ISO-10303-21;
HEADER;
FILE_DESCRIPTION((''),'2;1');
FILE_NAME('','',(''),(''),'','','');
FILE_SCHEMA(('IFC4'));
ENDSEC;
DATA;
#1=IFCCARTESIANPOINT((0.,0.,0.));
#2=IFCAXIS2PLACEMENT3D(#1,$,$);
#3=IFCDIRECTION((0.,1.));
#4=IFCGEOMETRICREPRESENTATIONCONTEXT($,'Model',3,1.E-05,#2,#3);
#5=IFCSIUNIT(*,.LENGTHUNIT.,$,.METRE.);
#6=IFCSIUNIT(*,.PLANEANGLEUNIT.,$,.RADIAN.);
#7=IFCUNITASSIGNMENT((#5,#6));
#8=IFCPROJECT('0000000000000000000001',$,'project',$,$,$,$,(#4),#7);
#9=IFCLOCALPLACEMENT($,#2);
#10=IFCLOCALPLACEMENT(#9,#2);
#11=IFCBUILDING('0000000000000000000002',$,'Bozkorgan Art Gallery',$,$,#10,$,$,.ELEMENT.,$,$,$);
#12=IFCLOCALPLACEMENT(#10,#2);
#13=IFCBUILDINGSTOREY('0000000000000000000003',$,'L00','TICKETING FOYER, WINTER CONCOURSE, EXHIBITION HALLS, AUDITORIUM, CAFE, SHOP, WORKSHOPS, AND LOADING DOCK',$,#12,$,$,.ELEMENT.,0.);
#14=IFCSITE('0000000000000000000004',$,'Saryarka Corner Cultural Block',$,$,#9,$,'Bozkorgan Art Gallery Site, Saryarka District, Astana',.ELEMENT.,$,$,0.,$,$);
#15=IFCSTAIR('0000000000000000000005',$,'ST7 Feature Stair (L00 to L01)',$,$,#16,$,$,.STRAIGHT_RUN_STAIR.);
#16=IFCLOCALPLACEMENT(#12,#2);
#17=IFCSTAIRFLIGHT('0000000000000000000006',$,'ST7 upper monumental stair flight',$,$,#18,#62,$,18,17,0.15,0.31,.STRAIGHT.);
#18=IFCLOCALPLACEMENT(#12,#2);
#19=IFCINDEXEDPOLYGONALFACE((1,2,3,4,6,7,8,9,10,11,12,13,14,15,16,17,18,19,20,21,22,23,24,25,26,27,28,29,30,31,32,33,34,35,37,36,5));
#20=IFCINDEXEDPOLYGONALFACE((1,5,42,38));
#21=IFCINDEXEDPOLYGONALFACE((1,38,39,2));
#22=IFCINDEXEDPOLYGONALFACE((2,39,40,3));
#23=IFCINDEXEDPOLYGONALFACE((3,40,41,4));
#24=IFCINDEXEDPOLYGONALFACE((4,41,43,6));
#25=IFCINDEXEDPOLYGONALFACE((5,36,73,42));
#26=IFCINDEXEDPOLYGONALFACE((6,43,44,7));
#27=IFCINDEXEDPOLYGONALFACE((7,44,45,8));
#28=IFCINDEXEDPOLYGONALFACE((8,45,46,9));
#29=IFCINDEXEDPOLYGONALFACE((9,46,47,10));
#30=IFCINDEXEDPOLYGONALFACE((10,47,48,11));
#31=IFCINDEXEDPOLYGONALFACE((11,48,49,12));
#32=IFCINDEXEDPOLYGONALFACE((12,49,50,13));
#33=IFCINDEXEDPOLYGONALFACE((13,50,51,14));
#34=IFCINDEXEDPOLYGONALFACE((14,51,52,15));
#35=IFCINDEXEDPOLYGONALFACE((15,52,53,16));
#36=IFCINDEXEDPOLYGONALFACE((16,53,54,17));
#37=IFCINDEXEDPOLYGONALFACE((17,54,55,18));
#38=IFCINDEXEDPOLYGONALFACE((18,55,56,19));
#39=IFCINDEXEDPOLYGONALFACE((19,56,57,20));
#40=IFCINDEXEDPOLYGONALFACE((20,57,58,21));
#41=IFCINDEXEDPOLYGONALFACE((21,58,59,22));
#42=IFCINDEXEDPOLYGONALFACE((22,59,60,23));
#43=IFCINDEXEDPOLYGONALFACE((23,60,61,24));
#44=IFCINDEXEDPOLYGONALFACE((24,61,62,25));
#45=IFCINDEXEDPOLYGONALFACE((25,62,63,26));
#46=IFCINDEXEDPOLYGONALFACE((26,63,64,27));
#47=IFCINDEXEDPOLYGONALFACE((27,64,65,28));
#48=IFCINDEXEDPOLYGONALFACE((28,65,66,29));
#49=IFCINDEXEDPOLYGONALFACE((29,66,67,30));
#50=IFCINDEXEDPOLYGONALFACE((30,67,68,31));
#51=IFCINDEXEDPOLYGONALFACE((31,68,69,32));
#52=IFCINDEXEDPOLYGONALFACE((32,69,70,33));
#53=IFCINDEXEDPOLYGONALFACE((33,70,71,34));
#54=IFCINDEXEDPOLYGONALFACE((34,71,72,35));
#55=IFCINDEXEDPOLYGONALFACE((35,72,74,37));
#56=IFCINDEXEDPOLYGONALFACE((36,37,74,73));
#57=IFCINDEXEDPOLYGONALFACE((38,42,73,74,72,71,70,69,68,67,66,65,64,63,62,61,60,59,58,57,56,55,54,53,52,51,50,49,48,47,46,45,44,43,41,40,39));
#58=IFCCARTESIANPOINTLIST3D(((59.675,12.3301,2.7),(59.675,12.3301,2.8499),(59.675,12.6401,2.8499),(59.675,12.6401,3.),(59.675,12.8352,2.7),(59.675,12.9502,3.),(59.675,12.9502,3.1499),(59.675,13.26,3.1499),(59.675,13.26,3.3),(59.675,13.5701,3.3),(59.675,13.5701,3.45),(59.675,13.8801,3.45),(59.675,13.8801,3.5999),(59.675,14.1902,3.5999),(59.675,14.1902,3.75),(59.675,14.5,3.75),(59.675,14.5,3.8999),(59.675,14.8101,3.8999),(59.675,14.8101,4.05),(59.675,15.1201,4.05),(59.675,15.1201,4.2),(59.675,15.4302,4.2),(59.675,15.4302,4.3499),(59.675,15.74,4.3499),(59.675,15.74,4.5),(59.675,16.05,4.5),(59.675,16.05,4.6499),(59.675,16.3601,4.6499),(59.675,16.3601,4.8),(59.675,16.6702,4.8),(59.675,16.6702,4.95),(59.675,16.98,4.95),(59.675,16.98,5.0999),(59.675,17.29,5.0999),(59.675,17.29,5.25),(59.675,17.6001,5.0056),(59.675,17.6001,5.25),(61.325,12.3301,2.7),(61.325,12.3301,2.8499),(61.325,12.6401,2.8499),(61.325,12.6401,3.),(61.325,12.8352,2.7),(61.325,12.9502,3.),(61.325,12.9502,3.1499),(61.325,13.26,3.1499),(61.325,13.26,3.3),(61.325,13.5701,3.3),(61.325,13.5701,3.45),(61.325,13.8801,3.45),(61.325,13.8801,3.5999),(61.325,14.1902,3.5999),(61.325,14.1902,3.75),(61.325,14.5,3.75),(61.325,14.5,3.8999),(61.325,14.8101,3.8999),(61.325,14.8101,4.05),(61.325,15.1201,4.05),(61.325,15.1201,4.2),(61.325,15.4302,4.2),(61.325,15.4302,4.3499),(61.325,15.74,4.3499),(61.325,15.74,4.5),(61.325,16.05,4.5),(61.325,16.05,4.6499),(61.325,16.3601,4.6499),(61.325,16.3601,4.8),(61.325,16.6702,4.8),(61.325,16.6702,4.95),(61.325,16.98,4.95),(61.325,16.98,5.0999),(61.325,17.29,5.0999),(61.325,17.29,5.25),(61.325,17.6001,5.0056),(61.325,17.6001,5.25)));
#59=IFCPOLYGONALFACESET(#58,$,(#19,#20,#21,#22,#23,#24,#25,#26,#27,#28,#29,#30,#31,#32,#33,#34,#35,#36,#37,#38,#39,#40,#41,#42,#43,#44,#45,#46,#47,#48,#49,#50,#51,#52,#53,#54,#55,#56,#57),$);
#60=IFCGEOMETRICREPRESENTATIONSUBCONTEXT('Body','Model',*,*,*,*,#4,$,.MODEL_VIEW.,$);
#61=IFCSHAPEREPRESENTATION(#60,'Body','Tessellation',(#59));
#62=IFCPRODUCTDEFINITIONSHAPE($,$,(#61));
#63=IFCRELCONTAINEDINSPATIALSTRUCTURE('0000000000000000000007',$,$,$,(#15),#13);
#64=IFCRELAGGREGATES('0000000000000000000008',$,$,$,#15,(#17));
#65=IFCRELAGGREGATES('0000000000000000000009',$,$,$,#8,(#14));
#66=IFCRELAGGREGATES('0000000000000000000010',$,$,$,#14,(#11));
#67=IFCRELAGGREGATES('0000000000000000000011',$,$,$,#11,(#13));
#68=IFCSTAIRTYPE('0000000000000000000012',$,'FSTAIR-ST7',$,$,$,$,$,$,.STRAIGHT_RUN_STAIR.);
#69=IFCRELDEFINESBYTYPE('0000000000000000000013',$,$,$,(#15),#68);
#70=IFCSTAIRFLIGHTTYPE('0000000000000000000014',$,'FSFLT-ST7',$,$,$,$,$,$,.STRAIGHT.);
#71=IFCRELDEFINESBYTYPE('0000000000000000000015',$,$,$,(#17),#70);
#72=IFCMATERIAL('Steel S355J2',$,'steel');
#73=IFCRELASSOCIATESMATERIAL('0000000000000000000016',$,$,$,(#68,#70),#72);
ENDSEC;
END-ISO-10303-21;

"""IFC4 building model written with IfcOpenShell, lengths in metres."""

from ifc_helpers import new_model, si_unit, direction, frame, origin, place, context, subcontext, project, spatial, polyline, outline, extrude, material, type_object, element, aggregate, save


model = new_model("IFC4")

# Units and contexts
model_context = context("Model", 3, precision=1e-05, world=origin(), true_north=direction((0.0, 1.0)))
body_context = subcontext(model_context, "Body", "Model", "MODEL_VIEW")
ifc_project = project(units=[si_unit("LENGTHUNIT", "METRE"), si_unit("PLANEANGLEUNIT", "RADIAN")], contexts=[model_context])

# Site, building, storey
site_placement = place(None, origin())
site = spatial("IfcSite", under=ifc_project, at=site_placement, Name="Saryarka Corner Cultural Block", LongName="Bozkorgan Art Gallery Site, Saryarka District, Astana", CompositionType="ELEMENT", RefElevation=0.0)
building_placement = place(site_placement, origin())
building = spatial("IfcBuilding", under=site, at=building_placement, Name="Bozkorgan Art Gallery", CompositionType="ELEMENT")
storey_placement = place(building_placement, origin())
storey = spatial("IfcBuildingStorey", under=building, at=storey_placement, Name="L00", Description="TICKETING FOYER, WINTER CONCOURSE, EXHIBITION HALLS, AUDITORIUM, CAFE, SHOP, WORKSHOPS, AND LOADING DOCK", CompositionType="ELEMENT", Elevation=0.0)

# Shared definitions
ifc_material_1 = material(Name="Steel S355J2", Category="steel")

# Stair, stair flight
stair_type = type_object("IfcStairType", Name="FSTAIR-ST7", PredefinedType="STRAIGHT_RUN_STAIR", material=ifc_material_1)
stair_placement = place(storey_placement, origin())
stair = element("IfcStair", 1, at=stair_placement, inside=storey, type_object=stair_type, Name="ST7 Feature Stair (L00 to L01)", PredefinedType="STRAIGHT_RUN_STAIR")
stair_flight_type = type_object("IfcStairFlightType", Name="FSFLT-ST7", PredefinedType="STRAIGHT", material=ifc_material_1)
stair_flight_placement = place(storey_placement, frame((60.5, 12.3301, 2.7), z_axis=(0.0, 0.0, 1.0), x_axis=(0.0, 1.0, 0.0)))
stair_flight = element("IfcStairFlight", 2, at=stair_flight_placement, type_object=stair_flight_type, Name="ST7 upper monumental stair flight", NumberOfRisers=18, NumberOfTreads=17, PredefinedType="STRAIGHT", RiserHeight=0.15, TreadLength=0.31, context=body_context, shape_type="SweptSolid", body=[
    extrude(outline(polyline([(0.0, 0.0), (0.0, 0.1499), (0.3101, 0.1499), (0.3101, 0.3), (0.6201, 0.3), (0.6201, 0.45), (0.9299, 0.45), (0.9299, 0.6001), (1.24, 0.6001), (1.24, 0.75), (1.55, 0.75), (1.55, 0.8999), (1.8601, 0.8999), (1.8601, 1.05), (2.1699, 1.05), (2.1699, 1.2), (2.48, 1.2), (2.48, 1.3501), (2.79, 1.3501), (2.79, 1.5), (3.1001, 1.5), (3.1001, 1.6499), (3.4099, 1.6499), (3.4099, 1.8), (3.72, 1.8), (3.72, 1.95), (4.03, 1.95), (4.03, 2.1001), (4.3401, 2.1001), (4.3401, 2.25), (4.6499, 2.25), (4.6499, 2.3999), (4.96, 2.3999), (4.96, 2.55), (5.27, 2.55), (5.27, 2.7), (5.27, 2.3057), (0.5051, 0.0), (0.0, 0.0)])), frame((0.0, 0.825, 0.0), z_axis=(0.0, -1.0, 0.0), x_axis=(1.0, 0.0, 0.0)), (0.0, 0.0, 1.0), 1.6499),
])
aggregate(stair, [stair_flight])

save(model, "model.ifc")
